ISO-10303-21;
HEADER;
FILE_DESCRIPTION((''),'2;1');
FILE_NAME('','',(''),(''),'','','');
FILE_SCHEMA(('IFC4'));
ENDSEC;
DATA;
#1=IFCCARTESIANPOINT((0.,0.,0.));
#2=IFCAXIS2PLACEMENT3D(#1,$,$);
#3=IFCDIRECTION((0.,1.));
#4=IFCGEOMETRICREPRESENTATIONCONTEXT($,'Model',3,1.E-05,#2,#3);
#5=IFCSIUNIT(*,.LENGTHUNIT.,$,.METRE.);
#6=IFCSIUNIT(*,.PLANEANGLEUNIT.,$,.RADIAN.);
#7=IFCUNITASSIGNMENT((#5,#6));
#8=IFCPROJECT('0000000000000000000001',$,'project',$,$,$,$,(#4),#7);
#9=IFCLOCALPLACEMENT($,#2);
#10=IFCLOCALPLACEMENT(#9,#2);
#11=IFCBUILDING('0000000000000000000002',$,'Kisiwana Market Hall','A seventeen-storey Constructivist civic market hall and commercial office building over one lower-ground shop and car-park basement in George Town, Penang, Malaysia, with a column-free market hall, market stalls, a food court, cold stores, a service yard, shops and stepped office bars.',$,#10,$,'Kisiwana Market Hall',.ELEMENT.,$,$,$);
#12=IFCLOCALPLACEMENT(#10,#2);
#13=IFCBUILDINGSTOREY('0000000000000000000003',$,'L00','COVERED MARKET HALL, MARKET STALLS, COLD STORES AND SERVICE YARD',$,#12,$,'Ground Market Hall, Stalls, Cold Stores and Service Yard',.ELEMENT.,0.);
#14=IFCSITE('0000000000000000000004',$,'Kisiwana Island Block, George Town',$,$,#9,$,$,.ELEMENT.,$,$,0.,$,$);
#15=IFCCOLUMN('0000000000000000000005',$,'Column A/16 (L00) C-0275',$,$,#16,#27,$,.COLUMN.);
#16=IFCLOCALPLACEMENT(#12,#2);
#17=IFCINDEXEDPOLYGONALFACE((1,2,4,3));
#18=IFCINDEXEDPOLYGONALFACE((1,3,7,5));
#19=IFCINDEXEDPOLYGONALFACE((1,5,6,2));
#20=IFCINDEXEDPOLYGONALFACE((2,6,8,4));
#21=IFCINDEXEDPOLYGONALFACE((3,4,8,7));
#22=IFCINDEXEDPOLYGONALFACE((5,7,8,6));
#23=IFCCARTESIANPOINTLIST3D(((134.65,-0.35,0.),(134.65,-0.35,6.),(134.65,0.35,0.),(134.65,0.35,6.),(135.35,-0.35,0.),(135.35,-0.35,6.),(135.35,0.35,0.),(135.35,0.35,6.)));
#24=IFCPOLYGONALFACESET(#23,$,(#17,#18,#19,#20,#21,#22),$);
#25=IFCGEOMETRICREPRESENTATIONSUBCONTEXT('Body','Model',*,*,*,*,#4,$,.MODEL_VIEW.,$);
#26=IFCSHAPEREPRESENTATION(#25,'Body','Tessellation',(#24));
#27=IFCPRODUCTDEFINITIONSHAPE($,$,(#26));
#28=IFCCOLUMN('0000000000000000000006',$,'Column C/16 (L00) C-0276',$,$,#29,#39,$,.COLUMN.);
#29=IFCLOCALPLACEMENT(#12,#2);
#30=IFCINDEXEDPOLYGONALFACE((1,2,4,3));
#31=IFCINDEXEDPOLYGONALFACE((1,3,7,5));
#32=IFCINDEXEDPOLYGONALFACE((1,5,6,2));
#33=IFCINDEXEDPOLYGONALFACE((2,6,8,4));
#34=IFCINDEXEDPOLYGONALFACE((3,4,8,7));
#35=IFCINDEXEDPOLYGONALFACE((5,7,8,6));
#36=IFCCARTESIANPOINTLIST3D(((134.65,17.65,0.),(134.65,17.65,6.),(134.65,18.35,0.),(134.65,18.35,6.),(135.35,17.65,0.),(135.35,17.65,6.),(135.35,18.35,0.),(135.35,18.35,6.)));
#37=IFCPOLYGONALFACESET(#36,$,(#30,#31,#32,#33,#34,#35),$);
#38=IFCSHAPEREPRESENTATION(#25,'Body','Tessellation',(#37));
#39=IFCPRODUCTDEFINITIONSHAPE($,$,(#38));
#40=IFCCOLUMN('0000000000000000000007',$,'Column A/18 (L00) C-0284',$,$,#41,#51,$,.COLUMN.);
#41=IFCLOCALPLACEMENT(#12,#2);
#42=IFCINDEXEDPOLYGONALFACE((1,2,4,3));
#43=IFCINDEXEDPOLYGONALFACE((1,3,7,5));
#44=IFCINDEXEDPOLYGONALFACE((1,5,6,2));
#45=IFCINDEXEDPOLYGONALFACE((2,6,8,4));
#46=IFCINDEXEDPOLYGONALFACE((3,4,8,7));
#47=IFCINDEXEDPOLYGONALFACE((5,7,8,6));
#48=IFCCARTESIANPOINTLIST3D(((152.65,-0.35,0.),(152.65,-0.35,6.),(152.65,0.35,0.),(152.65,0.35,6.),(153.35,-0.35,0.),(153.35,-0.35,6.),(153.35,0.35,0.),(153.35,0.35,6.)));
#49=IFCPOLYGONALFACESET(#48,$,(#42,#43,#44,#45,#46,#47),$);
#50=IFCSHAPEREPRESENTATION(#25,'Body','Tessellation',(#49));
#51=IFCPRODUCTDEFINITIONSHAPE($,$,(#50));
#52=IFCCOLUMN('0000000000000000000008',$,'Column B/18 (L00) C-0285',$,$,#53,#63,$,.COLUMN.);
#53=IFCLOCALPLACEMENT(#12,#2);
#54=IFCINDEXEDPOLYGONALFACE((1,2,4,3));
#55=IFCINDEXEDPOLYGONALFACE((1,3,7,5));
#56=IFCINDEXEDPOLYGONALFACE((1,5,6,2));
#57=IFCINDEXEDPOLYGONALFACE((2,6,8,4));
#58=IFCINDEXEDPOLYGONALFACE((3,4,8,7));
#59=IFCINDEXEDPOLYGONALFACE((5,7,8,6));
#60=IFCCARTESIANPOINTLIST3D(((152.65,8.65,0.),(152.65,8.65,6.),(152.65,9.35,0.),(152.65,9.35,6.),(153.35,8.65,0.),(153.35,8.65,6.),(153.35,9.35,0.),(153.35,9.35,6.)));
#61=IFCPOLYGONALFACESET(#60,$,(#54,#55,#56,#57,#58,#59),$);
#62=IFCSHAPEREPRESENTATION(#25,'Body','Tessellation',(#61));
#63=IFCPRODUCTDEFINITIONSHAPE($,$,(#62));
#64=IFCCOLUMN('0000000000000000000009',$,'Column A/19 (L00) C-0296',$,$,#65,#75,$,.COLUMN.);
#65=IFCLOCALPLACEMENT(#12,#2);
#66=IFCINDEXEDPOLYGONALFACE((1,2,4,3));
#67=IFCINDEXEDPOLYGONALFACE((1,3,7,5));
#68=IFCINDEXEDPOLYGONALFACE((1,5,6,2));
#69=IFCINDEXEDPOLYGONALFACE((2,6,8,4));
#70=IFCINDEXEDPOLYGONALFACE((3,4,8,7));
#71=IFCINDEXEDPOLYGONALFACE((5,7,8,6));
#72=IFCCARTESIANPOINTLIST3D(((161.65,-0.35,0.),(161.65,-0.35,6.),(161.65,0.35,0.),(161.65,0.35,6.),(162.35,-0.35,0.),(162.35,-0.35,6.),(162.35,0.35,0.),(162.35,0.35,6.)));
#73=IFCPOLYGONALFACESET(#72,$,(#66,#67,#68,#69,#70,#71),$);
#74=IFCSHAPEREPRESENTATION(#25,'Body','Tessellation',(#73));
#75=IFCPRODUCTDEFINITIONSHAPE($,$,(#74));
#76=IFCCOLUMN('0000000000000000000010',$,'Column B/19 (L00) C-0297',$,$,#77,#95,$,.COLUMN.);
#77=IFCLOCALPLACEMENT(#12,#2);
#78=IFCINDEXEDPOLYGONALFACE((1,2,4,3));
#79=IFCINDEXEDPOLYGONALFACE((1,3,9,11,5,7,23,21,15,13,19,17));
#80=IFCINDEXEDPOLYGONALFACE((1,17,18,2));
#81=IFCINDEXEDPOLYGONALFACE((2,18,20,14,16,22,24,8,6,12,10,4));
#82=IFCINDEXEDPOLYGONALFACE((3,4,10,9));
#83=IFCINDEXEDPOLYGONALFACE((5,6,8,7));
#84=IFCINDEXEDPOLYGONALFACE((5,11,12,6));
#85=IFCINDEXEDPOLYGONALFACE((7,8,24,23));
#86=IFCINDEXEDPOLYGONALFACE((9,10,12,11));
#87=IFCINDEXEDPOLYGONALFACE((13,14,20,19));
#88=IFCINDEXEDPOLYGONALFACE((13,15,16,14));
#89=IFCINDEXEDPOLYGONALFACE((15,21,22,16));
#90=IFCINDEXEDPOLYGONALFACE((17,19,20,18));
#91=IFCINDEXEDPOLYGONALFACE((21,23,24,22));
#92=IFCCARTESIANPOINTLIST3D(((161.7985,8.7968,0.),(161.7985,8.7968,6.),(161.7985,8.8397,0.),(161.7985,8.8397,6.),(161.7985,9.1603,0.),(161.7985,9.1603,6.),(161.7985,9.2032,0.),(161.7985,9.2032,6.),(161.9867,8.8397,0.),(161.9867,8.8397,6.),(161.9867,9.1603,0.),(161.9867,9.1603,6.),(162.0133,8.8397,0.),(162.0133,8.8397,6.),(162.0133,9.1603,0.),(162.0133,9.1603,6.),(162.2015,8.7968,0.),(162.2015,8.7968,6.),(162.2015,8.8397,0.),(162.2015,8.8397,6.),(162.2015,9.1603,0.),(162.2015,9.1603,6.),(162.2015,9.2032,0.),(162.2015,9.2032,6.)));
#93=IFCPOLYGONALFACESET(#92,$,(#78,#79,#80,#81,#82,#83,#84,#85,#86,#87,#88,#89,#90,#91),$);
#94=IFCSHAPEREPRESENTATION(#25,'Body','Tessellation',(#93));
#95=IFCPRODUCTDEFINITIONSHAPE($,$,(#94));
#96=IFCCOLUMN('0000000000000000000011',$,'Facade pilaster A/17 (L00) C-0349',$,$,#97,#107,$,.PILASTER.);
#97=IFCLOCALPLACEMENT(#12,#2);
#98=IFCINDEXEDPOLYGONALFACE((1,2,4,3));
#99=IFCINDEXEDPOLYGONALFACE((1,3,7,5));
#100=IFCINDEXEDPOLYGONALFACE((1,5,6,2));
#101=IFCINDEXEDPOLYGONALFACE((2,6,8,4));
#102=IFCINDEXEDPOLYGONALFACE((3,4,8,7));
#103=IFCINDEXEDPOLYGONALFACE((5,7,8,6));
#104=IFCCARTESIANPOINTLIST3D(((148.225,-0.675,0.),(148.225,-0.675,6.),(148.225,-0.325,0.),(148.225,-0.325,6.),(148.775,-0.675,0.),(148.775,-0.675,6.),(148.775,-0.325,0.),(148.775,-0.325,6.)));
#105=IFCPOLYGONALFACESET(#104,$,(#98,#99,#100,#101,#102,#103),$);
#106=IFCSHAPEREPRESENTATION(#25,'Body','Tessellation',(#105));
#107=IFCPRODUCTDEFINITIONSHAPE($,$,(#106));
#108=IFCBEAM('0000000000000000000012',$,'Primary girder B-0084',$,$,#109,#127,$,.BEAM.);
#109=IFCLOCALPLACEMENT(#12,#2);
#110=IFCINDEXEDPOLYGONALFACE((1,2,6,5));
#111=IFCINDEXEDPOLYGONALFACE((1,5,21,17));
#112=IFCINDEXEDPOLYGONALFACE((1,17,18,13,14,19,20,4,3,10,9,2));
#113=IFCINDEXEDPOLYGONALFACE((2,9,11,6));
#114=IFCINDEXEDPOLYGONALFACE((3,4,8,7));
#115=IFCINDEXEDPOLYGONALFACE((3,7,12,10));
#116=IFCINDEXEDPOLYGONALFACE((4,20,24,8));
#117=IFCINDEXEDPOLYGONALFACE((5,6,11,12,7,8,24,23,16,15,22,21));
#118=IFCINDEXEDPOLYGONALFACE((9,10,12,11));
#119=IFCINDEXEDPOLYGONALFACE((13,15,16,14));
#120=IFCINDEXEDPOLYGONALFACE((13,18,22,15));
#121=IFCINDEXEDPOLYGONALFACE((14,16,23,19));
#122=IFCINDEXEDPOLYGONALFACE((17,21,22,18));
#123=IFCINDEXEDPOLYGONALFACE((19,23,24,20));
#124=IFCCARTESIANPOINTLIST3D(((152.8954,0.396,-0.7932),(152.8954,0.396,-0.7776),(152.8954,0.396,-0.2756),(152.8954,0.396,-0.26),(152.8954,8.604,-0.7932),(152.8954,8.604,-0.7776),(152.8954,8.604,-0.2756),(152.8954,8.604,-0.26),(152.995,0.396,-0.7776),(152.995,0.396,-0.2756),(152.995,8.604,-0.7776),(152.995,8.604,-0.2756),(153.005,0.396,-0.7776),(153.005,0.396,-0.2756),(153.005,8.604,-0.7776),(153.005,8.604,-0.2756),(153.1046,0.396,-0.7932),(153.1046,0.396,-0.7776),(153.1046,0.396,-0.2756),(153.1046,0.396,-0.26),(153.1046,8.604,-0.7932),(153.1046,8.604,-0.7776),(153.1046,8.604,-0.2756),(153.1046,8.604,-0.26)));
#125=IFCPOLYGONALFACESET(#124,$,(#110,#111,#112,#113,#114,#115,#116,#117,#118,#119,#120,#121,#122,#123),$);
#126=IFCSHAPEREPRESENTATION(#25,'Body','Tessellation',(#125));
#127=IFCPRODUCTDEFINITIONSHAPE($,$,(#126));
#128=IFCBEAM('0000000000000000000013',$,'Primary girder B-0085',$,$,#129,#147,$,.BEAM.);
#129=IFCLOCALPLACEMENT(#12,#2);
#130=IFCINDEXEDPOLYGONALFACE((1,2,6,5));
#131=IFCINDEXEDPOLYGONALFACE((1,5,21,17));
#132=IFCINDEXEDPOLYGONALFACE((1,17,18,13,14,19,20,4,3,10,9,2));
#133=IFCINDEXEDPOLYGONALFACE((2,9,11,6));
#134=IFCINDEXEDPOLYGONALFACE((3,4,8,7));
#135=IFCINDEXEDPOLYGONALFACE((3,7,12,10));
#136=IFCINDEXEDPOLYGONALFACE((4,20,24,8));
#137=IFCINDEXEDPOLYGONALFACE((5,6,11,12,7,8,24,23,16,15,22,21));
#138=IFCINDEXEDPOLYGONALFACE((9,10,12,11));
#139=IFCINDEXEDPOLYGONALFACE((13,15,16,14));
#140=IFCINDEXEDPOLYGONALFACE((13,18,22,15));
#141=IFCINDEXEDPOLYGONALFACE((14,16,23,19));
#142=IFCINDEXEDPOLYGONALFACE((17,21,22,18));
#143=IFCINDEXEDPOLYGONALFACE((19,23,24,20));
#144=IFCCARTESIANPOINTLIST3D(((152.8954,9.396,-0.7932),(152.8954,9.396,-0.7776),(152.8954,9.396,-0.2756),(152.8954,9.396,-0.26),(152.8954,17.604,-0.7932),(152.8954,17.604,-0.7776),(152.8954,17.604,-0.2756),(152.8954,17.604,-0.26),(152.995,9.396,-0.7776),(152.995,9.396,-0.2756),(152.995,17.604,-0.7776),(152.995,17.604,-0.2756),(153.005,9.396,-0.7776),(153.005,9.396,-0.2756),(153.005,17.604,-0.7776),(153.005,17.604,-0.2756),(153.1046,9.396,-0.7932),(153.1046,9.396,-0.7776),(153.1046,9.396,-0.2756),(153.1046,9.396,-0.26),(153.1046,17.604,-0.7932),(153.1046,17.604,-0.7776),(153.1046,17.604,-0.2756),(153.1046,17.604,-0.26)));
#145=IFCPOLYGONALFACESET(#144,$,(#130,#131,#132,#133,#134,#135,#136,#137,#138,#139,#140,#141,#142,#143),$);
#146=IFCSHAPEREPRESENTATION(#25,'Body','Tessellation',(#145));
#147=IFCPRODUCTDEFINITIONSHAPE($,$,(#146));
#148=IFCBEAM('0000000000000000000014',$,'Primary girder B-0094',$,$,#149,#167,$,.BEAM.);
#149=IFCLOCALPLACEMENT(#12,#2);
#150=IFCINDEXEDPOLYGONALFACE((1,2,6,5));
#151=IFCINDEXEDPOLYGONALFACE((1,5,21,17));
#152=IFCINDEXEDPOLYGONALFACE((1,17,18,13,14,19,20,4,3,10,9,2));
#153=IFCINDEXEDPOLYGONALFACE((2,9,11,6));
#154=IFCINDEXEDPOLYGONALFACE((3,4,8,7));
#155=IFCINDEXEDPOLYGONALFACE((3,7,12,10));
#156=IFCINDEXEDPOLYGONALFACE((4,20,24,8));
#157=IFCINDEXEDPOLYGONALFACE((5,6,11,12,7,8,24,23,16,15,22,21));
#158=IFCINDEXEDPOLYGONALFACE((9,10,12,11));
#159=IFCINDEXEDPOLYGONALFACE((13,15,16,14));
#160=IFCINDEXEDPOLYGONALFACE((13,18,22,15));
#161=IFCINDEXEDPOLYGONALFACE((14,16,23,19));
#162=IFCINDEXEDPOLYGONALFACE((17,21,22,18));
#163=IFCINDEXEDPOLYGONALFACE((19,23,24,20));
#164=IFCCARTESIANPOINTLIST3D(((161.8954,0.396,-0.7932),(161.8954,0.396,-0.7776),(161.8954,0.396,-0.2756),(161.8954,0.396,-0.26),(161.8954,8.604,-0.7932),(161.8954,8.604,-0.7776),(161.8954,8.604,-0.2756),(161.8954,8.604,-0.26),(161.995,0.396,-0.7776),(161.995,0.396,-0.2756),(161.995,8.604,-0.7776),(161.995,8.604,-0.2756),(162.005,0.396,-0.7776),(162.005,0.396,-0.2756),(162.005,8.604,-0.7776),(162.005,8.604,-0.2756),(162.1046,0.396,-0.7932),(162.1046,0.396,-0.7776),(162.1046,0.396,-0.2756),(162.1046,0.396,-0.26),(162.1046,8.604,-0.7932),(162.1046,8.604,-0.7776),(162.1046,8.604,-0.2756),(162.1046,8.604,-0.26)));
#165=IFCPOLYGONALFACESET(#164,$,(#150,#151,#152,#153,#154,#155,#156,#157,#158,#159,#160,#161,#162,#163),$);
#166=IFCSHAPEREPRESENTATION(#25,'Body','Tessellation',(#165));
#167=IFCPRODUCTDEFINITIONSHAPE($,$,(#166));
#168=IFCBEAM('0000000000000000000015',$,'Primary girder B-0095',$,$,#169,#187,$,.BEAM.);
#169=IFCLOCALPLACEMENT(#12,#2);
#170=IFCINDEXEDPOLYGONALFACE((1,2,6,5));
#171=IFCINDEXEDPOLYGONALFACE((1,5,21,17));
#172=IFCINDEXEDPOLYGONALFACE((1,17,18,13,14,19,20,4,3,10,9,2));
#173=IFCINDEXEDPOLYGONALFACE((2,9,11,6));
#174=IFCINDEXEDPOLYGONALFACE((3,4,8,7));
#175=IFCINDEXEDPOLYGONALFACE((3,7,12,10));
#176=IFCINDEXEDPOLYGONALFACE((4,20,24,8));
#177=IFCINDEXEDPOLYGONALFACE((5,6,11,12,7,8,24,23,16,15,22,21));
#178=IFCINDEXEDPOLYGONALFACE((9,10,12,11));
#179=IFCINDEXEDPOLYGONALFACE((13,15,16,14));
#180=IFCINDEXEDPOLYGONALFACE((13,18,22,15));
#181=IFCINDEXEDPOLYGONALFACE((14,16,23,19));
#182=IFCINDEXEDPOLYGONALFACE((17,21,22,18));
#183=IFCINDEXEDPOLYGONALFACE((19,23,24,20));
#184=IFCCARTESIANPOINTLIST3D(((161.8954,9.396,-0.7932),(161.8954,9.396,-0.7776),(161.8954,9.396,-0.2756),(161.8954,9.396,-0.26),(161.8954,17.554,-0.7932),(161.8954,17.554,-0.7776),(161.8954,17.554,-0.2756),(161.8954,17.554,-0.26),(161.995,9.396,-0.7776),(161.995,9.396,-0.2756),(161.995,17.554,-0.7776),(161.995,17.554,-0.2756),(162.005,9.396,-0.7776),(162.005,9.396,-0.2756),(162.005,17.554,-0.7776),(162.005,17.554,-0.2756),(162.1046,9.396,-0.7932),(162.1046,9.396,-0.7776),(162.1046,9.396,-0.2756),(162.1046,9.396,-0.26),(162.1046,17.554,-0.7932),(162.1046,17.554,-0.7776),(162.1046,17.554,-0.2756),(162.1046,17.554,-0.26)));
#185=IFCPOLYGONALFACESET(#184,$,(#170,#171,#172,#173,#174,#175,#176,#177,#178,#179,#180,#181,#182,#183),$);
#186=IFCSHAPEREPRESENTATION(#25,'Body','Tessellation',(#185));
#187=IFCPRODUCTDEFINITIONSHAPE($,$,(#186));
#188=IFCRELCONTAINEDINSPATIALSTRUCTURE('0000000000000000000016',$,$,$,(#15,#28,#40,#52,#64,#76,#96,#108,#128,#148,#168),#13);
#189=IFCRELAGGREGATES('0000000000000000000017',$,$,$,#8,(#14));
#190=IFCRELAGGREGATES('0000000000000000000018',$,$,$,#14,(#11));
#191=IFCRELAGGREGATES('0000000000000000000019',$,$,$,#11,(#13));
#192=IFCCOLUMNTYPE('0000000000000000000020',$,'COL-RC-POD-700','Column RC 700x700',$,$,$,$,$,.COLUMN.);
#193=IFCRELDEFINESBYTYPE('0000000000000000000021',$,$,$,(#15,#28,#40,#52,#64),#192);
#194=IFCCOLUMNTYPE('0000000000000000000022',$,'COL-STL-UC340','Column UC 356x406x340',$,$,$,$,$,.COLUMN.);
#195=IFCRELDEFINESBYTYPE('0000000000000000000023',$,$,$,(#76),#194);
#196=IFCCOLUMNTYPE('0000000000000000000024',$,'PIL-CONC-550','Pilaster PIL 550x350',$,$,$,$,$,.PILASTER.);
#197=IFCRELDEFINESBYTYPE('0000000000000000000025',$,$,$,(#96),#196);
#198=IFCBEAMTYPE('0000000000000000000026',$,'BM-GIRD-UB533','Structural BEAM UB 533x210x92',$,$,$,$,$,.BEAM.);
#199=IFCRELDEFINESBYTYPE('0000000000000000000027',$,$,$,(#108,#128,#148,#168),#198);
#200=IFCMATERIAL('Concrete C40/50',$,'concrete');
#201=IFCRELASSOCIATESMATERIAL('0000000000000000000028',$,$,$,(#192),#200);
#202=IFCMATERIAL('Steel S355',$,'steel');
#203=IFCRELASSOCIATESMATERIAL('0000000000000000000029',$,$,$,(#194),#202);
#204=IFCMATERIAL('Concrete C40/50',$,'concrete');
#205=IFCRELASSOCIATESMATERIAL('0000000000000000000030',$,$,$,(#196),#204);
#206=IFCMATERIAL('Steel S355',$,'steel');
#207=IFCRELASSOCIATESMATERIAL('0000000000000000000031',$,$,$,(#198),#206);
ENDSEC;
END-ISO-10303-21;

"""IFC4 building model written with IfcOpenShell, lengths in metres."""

from ifc_helpers import new_model, si_unit, direction, frame, origin, origin_2d, place, context, subcontext, project, spatial, rectangle, i_section, extrude, material, material_profile, profile_set, type_object, element, save


model = new_model("IFC4")

# Units and contexts
model_context = context("Model", 3, precision=1e-05, world=origin(), true_north=direction((0.0, 1.0)))
body_context = subcontext(model_context, "Body", "Model", "MODEL_VIEW")
ifc_project = project(units=[si_unit("LENGTHUNIT", "METRE"), si_unit("PLANEANGLEUNIT", "RADIAN")], contexts=[model_context])

# Site, building, storey
site_placement = place(None, origin())
site = spatial("IfcSite", under=ifc_project, at=site_placement, Name="Kisiwana Island Block, George Town", CompositionType="ELEMENT", RefElevation=0.0)
building_placement = place(site_placement, origin())
building = spatial("IfcBuilding", under=site, at=building_placement, Name="Kisiwana Market Hall", Description="A seventeen-storey Constructivist civic market hall and commercial office building over one lower-ground shop and car-park basement in George Town, Penang, Malaysia, with a column-free market hall, market stalls, a food court, cold stores, a service yard, shops and stepped office bars.", LongName="Kisiwana Market Hall", CompositionType="ELEMENT")
storey_placement = place(building_placement, origin())
storey = spatial("IfcBuildingStorey", under=building, at=storey_placement, Name="L00", Description="COVERED MARKET HALL, MARKET STALLS, COLD STORES AND SERVICE YARD", LongName="Ground Market Hall, Stalls, Cold Stores and Service Yard", CompositionType="ELEMENT", Elevation=0.0)

# Columns
ifc_material_1 = material(Name="Concrete C40/50", Category="concrete")
ifc_material_profile_1 = material_profile(ifc_material_1, rectangle(XDim=0.7, YDim=0.7, at=origin_2d()), Name="RC 700x700")
ifc_profile_set_1 = profile_set([ifc_material_profile_1], Name="Concrete C40/50")
column_type_1 = type_object("IfcColumnType", Name="COL-RC-POD-700", Description="Column RC 700x700", PredefinedType="COLUMN", material=ifc_profile_set_1)
for number, where, z_axis, x_axis, name in (
    (1, (135.0, 0.0, 0.0), (0.0, 0.0, 1.0), (1.0, 0.0, 0.0), "Column A/16 (L00) C-0275"),
    (2, (135.0, 18.0, 0.0), (0.0, 0.0, 1.0), (1.0, 0.0, 0.0), "Column C/16 (L00) C-0276"),
    (3, (153.0, 0.0, 0.0), (0.0, 0.0, 1.0), (1.0, 0.0, 0.0), "Column A/18 (L00) C-0284"),
    (4, (153.0, 9.0, 0.0), (0.0, 0.0, 1.0), (1.0, 0.0, 0.0), "Column B/18 (L00) C-0285"),
    (5, (162.0, 0.0, 0.0), (0.0, 0.0, 1.0), (1.0, 0.0, 0.0), "Column A/19 (L00) C-0296"),
):
    element("IfcColumn", number, at=place(storey_placement, frame(where, z_axis=z_axis, x_axis=x_axis)), inside=storey, type_object=column_type_1, Name=name, PredefinedType="COLUMN", context=body_context, shape_type="SweptSolid", body=[
        extrude(rectangle(XDim=0.7, YDim=0.7, at=origin_2d()), origin(), (0.0, 0.0, 1.0), 6.0),
    ])
ifc_material_2 = material(Name="Steel S355", Category="steel")
ifc_material_profile_2 = material_profile(ifc_material_2, i_section(OverallWidth=0.4031, OverallDepth=0.4065, WebThickness=0.0266, FlangeThickness=0.043, at=origin_2d()), Name="UC 356x406x340")
ifc_profile_set_2 = profile_set([ifc_material_profile_2], Name="Steel S355")
column_type_2 = type_object("IfcColumnType", Name="COL-STL-UC340", Description="Column UC 356x406x340", PredefinedType="COLUMN", material=ifc_profile_set_2)
column_1_placement = place(storey_placement, frame((162.0, 9.0, 0.0), z_axis=(0.0, 0.0, 1.0), x_axis=(1.0, 0.0, 0.0)))
element("IfcColumn", 6, at=column_1_placement, inside=storey, type_object=column_type_2, Name="Column B/19 (L00) C-0297", PredefinedType="COLUMN", context=body_context, shape_type="SweptSolid", body=[
    extrude(i_section(OverallWidth=0.4031, OverallDepth=0.4065, WebThickness=0.0266, FlangeThickness=0.043, at=origin_2d()), origin(), (0.0, 0.0, 1.0), 6.0),
])
ifc_material_3 = material(Name="Concrete C40/50", Category="concrete")
ifc_material_profile_3 = material_profile(ifc_material_3, rectangle(XDim=0.55, YDim=0.3501, at=origin_2d()), Name="PIL 550x350")
ifc_profile_set_3 = profile_set([ifc_material_profile_3], Name="Concrete C40/50")
column_type_3 = type_object("IfcColumnType", Name="PIL-CONC-550", Description="Pilaster PIL 550x350", PredefinedType="PILASTER", material=ifc_profile_set_3)
column_2_placement = place(storey_placement, frame((148.5, -0.5, 0.0), z_axis=(0.0, 0.0, 1.0), x_axis=(1.0, 0.0, 0.0)))
element("IfcColumn", 7, at=column_2_placement, inside=storey, type_object=column_type_3, Name="Facade pilaster A/17 (L00) C-0349", PredefinedType="PILASTER", context=body_context, shape_type="SweptSolid", body=[
    extrude(rectangle(XDim=0.55, YDim=0.3501, at=origin_2d()), origin(), (0.0, 0.0, 1.0), 6.0),
])

# Beams
ifc_material_4 = material(Name="Steel S355", Category="steel")
ifc_material_profile_4 = material_profile(ifc_material_4, i_section(OverallWidth=0.2092, OverallDepth=0.5332, WebThickness=0.01, FlangeThickness=0.0156, at=origin_2d()), Name="UB 533x210x92")
ifc_profile_set_4 = profile_set([ifc_material_profile_4], Name="Steel S355")
beam_type_1 = type_object("IfcBeamType", Name="BM-GIRD-UB533", Description="Structural BEAM UB 533x210x92", PredefinedType="BEAM", material=ifc_profile_set_4)
for number, where, z_axis, x_axis, name in (
    (8, (153.0, 0.396, -0.5266), (0.0, 1.0, 0.0), (-1.0, 0.0, 0.0), "Primary girder B-0084"),
    (9, (153.0, 9.396, -0.5266), (0.0, 1.0, 0.0), (-1.0, 0.0, 0.0), "Primary girder B-0085"),
    (10, (162.0, 0.396, -0.5266), (0.0, 1.0, 0.0), (-1.0, 0.0, 0.0), "Primary girder B-0094"),
):
    element("IfcBeam", number, at=place(storey_placement, frame(where, z_axis=z_axis, x_axis=x_axis)), inside=storey, type_object=beam_type_1, Name=name, PredefinedType="BEAM", context=body_context, shape_type="SweptSolid", body=[
        extrude(i_section(OverallWidth=0.2092, OverallDepth=0.5332, WebThickness=0.01, FlangeThickness=0.0156, at=origin_2d()), origin(), (0.0, 0.0, 1.0), 8.208),
    ])
beam_1_placement = place(storey_placement, frame((162.0, 9.396, -0.5266), z_axis=(0.0, 1.0, 0.0), x_axis=(-1.0, 0.0, 0.0)))
element("IfcBeam", 11, at=beam_1_placement, inside=storey, type_object=beam_type_1, Name="Primary girder B-0095", PredefinedType="BEAM", context=body_context, shape_type="SweptSolid", body=[
    extrude(i_section(OverallWidth=0.2092, OverallDepth=0.5332, WebThickness=0.01, FlangeThickness=0.0156, at=origin_2d()), origin(), (0.0, 0.0, 1.0), 8.158),
])

save(model, "model.ifc")
